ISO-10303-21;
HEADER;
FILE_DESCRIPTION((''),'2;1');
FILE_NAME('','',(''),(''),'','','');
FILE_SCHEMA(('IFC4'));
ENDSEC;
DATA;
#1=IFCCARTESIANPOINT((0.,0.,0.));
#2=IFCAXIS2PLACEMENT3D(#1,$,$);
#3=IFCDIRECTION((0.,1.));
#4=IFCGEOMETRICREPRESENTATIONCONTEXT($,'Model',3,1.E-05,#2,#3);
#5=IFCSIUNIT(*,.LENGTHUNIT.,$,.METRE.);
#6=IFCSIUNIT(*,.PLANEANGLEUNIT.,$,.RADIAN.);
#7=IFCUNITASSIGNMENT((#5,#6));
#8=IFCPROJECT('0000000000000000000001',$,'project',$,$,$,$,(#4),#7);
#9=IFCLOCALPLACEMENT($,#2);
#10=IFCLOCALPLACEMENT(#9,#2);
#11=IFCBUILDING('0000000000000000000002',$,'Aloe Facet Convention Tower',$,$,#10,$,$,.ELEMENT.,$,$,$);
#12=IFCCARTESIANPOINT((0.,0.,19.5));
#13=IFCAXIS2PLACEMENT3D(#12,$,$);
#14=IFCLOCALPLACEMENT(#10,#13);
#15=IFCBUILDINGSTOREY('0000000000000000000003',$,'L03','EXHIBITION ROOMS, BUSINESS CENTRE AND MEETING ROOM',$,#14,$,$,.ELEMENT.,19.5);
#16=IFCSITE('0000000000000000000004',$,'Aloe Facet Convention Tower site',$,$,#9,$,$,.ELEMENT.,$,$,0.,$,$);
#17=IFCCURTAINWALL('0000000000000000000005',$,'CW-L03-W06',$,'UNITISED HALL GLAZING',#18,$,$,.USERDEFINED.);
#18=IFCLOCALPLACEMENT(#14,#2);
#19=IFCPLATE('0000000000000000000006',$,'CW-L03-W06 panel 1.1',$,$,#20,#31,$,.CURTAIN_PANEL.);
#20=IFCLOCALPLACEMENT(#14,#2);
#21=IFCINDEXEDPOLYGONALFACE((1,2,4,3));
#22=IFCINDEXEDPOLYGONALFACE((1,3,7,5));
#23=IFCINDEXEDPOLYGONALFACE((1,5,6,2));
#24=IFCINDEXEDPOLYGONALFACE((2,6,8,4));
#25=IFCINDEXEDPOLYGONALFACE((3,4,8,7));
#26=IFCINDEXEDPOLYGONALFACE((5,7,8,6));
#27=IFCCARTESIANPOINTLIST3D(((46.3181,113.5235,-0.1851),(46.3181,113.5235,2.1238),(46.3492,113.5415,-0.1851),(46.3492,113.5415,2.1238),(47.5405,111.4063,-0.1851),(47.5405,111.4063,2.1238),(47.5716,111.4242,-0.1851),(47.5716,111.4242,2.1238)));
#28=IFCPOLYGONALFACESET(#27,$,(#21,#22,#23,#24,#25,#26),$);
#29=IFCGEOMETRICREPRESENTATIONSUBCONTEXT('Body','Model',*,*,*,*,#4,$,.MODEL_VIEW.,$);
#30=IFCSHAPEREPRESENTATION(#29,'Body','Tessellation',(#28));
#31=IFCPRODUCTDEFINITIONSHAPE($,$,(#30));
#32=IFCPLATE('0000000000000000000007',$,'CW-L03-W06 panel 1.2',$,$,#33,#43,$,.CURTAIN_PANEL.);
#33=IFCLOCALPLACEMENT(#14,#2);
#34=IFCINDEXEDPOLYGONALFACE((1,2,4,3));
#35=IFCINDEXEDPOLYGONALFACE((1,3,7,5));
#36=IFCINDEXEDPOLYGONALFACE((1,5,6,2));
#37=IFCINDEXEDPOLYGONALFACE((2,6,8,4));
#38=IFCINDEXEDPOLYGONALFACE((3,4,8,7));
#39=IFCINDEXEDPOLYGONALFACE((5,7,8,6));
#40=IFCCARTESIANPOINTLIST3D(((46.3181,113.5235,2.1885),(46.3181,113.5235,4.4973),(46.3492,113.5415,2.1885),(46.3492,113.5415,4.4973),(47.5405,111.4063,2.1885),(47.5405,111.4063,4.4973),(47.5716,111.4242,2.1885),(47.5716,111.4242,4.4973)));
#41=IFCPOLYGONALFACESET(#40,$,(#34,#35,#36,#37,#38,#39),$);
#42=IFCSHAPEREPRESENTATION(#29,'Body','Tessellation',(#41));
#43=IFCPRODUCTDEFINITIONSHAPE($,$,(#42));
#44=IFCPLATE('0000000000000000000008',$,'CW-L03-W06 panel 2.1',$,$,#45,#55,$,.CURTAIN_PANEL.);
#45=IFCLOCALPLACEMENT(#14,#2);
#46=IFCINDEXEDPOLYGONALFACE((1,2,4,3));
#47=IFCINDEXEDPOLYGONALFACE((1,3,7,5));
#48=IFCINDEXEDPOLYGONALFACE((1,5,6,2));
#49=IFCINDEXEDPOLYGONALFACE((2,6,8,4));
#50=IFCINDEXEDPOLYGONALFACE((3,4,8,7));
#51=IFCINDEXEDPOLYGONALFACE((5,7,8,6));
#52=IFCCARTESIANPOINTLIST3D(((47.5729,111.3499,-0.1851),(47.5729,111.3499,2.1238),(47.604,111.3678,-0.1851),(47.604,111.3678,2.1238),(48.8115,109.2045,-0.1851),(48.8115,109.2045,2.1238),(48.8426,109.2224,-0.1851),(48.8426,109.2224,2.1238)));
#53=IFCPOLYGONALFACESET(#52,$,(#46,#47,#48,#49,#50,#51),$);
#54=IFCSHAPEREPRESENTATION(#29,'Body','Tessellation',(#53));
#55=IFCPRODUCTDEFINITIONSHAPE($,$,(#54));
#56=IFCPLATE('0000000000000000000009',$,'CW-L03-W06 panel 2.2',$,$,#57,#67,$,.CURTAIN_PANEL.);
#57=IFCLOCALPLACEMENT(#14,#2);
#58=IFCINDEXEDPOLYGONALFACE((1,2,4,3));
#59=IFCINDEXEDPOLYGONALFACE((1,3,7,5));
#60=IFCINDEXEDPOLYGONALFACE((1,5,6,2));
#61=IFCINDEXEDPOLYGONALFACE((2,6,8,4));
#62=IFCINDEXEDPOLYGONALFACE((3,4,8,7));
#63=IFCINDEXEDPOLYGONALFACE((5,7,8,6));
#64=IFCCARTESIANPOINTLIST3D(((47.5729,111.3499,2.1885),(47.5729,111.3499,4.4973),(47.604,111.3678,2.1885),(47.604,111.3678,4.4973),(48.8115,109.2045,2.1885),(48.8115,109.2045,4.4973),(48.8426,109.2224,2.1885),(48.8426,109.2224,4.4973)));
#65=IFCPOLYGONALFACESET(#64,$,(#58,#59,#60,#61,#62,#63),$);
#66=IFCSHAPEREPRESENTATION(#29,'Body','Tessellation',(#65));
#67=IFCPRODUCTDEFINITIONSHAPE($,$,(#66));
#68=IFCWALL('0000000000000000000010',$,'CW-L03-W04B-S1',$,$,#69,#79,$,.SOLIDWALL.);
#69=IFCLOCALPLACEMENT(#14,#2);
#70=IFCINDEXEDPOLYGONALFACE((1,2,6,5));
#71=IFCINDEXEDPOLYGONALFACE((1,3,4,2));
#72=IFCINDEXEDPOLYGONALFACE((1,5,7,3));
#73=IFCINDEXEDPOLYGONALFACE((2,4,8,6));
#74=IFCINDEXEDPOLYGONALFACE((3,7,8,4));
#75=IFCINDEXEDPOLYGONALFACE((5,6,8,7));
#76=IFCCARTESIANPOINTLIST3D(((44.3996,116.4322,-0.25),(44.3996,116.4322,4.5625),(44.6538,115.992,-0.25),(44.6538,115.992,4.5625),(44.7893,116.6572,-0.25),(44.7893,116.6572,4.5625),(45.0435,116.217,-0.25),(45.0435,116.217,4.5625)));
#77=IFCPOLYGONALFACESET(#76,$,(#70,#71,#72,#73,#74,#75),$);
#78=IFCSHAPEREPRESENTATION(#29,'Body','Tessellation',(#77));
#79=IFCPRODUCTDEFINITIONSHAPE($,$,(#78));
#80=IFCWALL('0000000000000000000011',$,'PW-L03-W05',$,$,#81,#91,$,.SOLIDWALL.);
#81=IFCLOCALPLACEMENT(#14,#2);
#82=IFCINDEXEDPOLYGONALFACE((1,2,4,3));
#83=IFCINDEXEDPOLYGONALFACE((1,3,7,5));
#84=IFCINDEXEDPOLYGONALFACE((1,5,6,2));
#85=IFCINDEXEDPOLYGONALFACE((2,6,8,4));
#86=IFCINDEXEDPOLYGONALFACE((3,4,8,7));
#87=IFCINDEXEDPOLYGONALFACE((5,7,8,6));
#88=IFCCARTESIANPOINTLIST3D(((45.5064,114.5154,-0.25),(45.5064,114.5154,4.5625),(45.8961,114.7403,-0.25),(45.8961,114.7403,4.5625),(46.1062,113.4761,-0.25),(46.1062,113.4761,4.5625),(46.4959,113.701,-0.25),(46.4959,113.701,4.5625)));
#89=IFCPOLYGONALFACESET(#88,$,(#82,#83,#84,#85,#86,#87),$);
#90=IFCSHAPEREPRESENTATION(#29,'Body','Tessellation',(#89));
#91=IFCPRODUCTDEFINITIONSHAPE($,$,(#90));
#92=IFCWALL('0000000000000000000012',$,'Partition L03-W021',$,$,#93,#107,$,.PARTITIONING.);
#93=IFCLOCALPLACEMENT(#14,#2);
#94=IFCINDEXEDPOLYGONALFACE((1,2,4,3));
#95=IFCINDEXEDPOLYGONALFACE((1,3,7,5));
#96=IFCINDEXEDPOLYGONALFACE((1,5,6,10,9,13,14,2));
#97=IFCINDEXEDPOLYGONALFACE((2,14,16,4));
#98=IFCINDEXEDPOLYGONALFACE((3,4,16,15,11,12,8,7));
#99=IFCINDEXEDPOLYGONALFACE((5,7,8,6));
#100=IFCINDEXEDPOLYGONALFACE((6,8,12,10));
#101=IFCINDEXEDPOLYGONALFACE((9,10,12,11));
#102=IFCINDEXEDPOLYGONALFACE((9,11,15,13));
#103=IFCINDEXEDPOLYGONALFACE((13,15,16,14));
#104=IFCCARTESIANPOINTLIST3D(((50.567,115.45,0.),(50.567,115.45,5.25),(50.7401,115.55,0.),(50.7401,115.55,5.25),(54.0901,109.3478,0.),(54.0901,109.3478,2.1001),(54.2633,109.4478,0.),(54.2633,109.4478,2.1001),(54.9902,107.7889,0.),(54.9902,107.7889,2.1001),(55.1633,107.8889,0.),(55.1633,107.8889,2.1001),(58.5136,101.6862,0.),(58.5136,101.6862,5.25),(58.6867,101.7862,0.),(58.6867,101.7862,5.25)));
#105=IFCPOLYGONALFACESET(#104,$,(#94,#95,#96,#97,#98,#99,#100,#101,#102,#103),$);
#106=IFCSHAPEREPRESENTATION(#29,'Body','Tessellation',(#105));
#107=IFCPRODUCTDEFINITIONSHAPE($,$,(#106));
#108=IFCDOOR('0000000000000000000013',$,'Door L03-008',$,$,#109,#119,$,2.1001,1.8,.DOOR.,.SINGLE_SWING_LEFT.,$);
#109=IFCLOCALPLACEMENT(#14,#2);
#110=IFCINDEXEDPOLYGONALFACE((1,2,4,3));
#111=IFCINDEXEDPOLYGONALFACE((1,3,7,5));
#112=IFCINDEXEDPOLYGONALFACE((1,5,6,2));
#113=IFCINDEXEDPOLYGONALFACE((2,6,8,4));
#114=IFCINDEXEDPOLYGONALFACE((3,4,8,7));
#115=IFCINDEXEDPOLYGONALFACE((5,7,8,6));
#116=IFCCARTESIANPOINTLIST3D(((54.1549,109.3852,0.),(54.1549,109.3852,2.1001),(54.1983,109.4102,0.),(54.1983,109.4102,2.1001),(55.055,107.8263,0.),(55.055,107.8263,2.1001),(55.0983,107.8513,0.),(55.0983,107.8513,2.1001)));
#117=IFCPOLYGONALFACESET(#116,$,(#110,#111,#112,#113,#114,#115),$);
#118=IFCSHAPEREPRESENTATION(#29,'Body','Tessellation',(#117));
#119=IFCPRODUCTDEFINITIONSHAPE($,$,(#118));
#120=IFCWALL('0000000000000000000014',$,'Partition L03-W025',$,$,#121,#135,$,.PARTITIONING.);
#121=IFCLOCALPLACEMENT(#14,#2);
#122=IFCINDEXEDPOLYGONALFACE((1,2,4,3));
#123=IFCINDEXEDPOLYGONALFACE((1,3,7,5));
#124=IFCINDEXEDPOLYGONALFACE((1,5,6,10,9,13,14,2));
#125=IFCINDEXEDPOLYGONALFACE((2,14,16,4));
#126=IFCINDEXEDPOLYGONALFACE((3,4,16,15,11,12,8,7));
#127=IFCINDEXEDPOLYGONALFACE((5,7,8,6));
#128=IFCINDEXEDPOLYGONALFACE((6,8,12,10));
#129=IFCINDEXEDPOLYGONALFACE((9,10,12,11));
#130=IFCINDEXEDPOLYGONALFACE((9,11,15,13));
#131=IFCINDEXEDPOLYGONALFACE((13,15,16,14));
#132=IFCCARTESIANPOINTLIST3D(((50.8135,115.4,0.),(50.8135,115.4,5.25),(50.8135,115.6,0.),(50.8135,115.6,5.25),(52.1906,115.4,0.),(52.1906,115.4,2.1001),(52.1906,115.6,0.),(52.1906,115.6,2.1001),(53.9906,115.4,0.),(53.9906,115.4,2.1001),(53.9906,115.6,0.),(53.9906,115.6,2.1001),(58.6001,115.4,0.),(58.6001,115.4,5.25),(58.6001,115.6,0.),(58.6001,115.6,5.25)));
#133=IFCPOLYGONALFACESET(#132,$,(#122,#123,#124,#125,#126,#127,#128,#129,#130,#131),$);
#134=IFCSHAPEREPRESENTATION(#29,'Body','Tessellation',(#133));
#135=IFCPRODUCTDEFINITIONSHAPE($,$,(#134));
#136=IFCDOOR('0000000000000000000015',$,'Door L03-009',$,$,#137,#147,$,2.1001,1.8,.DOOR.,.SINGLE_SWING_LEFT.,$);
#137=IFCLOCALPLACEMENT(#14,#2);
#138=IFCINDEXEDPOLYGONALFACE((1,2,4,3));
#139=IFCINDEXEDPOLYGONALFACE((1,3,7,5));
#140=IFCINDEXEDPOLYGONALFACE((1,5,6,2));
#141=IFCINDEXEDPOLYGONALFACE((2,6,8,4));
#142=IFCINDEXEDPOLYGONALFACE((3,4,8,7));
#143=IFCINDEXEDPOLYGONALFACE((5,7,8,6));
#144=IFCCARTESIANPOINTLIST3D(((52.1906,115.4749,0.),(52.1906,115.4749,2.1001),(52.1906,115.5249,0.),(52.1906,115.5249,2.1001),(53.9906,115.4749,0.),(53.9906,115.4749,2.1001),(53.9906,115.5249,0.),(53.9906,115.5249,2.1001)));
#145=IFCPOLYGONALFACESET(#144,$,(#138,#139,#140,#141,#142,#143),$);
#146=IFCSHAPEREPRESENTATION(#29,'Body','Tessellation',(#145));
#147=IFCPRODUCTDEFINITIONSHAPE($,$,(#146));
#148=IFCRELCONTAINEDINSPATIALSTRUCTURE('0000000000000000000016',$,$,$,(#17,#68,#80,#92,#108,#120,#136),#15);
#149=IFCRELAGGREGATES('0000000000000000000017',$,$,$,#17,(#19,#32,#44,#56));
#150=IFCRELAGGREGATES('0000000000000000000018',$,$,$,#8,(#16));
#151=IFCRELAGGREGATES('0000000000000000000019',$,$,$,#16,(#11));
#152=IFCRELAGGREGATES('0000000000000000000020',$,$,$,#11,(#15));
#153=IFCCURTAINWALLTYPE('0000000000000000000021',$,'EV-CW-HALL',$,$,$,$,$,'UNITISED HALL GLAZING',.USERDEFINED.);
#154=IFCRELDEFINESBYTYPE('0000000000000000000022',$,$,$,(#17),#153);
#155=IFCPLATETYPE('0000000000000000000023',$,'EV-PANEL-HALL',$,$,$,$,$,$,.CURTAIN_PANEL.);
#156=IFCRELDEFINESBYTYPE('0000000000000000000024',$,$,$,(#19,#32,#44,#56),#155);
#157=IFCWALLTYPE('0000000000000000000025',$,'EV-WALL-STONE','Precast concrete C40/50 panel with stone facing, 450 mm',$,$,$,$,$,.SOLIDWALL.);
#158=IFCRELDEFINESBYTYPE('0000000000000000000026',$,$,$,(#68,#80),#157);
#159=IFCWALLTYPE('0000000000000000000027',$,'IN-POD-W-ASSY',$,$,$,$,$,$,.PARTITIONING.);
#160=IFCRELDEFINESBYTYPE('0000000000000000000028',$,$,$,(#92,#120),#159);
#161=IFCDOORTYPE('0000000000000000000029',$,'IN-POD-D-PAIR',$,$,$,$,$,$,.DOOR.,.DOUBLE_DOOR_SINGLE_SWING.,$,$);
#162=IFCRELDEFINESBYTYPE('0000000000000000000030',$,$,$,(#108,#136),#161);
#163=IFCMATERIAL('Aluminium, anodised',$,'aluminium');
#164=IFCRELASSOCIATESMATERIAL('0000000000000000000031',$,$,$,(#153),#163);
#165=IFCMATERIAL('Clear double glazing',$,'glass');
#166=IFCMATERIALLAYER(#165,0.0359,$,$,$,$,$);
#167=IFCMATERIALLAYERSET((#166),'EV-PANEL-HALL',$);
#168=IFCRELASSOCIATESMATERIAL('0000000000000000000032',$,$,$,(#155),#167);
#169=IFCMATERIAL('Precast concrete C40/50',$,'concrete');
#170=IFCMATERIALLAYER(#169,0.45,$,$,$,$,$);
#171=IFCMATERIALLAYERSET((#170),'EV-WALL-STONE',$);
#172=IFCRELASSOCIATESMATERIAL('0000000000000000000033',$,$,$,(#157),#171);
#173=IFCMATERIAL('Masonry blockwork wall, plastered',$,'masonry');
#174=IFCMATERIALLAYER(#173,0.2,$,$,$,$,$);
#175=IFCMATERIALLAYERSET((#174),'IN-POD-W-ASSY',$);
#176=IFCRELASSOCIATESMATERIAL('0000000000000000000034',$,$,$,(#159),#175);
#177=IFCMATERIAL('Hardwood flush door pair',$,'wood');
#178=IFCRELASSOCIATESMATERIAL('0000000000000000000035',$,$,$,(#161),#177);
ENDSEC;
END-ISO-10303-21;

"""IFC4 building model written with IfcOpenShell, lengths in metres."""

from ifc_helpers import new_model, si_unit, direction, frame, frame_2d, origin, origin_2d, place, context, subcontext, project, spatial, rectangle, extrude, material, layer, layer_set, type_object, element, fill, aggregate, save


model = new_model("IFC4")

# Units and contexts
model_context = context("Model", 3, precision=1e-05, world=origin(), true_north=direction((0.0, 1.0)))
body_context = subcontext(model_context, "Body", "Model", "MODEL_VIEW")
ifc_project = project(units=[si_unit("LENGTHUNIT", "METRE"), si_unit("PLANEANGLEUNIT", "RADIAN")], contexts=[model_context])

# Site, building, storey
site_placement = place(None, origin())
site = spatial("IfcSite", under=ifc_project, at=site_placement, Name="Aloe Facet Convention Tower site", CompositionType="ELEMENT", RefElevation=0.0)
building_placement = place(site_placement, origin())
building = spatial("IfcBuilding", under=site, at=building_placement, Name="Aloe Facet Convention Tower", CompositionType="ELEMENT")
storey_placement = place(building_placement, frame((0.0, 0.0, 19.5)))
storey = spatial("IfcBuildingStorey", under=building, at=storey_placement, Name="L03", Description="EXHIBITION ROOMS, BUSINESS CENTRE AND MEETING ROOM", CompositionType="ELEMENT", Elevation=19.5)

# Curtain wall
ifc_material_1 = material(Name="Aluminium, anodised", Category="aluminium")
curtain_wall_type = type_object("IfcCurtainWallType", Name="EV-CW-HALL", ElementType="UNITISED HALL GLAZING", PredefinedType="USERDEFINED", material=ifc_material_1)
curtain_wall_placement = place(storey_placement, origin())
curtain_wall = element("IfcCurtainWall", 1, at=curtain_wall_placement, inside=storey, type_object=curtain_wall_type, Name="CW-L03-W06", ObjectType="UNITISED HALL GLAZING", PredefinedType="USERDEFINED")

# Plates
ifc_material_2 = material(Name="Clear double glazing", Category="glass")
ifc_layer_1 = layer(ifc_material_2, 0.0359)
ifc_layer_set_1 = layer_set([ifc_layer_1], Name="EV-PANEL-HALL")
plate_type = type_object("IfcPlateType", Name="EV-PANEL-HALL", PredefinedType="CURTAIN_PANEL", material=ifc_layer_set_1)
plate_1_placement = place(storey_placement, frame((46.9448, 112.4739, -0.1851), z_axis=(0.0, 0.0, 1.0), x_axis=(0.5, -0.866025, 0.0)))
plate_1 = element("IfcPlate", 2, at=plate_1_placement, type_object=plate_type, Name="CW-L03-W06 panel 1.1", PredefinedType="CURTAIN_PANEL", context=body_context, shape_type="SweptSolid", body=[
    extrude(rectangle(XDim=2.4448, YDim=0.0359, at=origin_2d()), origin(), (0.0, 0.0, 1.0), 2.3088),
])
plate_2_placement = place(storey_placement, frame((46.9448, 112.4739, 2.1885), z_axis=(0.0, 0.0, 1.0), x_axis=(0.5, -0.866025, 0.0)))
plate_2 = element("IfcPlate", 3, at=plate_2_placement, type_object=plate_type, Name="CW-L03-W06 panel 1.2", PredefinedType="CURTAIN_PANEL", context=body_context, shape_type="SweptSolid", body=[
    extrude(rectangle(XDim=2.4448, YDim=0.0359, at=origin_2d()), origin(), (0.0, 0.0, 1.0), 2.3088),
])
plate_3_placement = place(storey_placement, frame((48.2078, 110.2861, -0.1851), z_axis=(0.0, 0.0, 1.0), x_axis=(0.5, -0.866025, 0.0)))
plate_3 = element("IfcPlate", 4, at=plate_3_placement, type_object=plate_type, Name="CW-L03-W06 panel 2.1", PredefinedType="CURTAIN_PANEL", context=body_context, shape_type="SweptSolid", body=[
    extrude(rectangle(XDim=2.4773, YDim=0.0359, at=origin_2d()), origin(), (0.0, 0.0, 1.0), 2.3088),
])
plate_4_placement = place(storey_placement, frame((48.2078, 110.2861, 2.1885), z_axis=(0.0, 0.0, 1.0), x_axis=(0.5, -0.866025, 0.0)))
plate_4 = element("IfcPlate", 5, at=plate_4_placement, type_object=plate_type, Name="CW-L03-W06 panel 2.2", PredefinedType="CURTAIN_PANEL", context=body_context, shape_type="SweptSolid", body=[
    extrude(rectangle(XDim=2.4773, YDim=0.0359, at=origin_2d()), origin(), (0.0, 0.0, 1.0), 2.3088),
])
aggregate(curtain_wall, [plate_1, plate_2, plate_3, plate_4])

# Walls
ifc_material_3 = material(Name="Precast concrete C40/50", Category="concrete")
ifc_layer_2 = layer(ifc_material_3, 0.45)
ifc_layer_set_2 = layer_set([ifc_layer_2], Name="EV-WALL-STONE")
wall_type_1 = type_object("IfcWallType", Name="EV-WALL-STONE", Description="Precast concrete C40/50 panel with stone facing, 450 mm", PredefinedType="SOLIDWALL", material=ifc_layer_set_2)
wall_1_placement = place(storey_placement, frame((44.5945, 116.5447, -0.25), z_axis=(0.0, 0.0, 1.0), x_axis=(0.500013, -0.866018, 0.0)))
element("IfcWall", 6, at=wall_1_placement, inside=storey, type_object=wall_type_1, Name="CW-L03-W04B-S1", PredefinedType="SOLIDWALL", context=body_context, shape_type="SweptSolid", body=[
    extrude(rectangle(XDim=0.5083, YDim=0.45, at=frame_2d((0.2542, 0.0))), origin(), (0.0, 0.0, 1.0), 4.8125),
])
wall_2_placement = place(storey_placement, frame((45.7012, 114.6279, -0.25), z_axis=(0.0, 0.0, 1.0), x_axis=(0.499881, -0.866094, 0.0)))
element("IfcWall", 7, at=wall_2_placement, inside=storey, type_object=wall_type_1, Name="PW-L03-W05", PredefinedType="SOLIDWALL", context=body_context, shape_type="SweptSolid", body=[
    extrude(rectangle(XDim=1.2, YDim=0.45, at=frame_2d((0.6001, 0.0))), origin(), (0.0, 0.0, 1.0), 4.8125),
])

# Walls, openings, doors
ifc_material_4 = material(Name="Masonry blockwork wall, plastered", Category="masonry")
ifc_layer_3 = layer(ifc_material_4, 0.2)
ifc_layer_set_3 = layer_set([ifc_layer_3], Name="IN-POD-W-ASSY")
wall_type_2 = type_object("IfcWallType", Name="IN-POD-W-ASSY", PredefinedType="PARTITIONING", material=ifc_layer_set_3)
wall_3_placement = place(storey_placement, frame((50.6536, 115.5, 0.0), z_axis=(0.0, 0.0, 1.0), x_axis=(0.500003, -0.866023, 0.0)))
wall_3 = element("IfcWall", 8, at=wall_3_placement, inside=storey, type_object=wall_type_2, Name="Partition L03-W021", PredefinedType="PARTITIONING", context=body_context, shape_type="SweptSolid", body=[
    extrude(rectangle(XDim=15.8931, YDim=0.2, at=frame_2d((7.9465, 0.0))), origin(), (0.0, 0.0, 1.0), 5.25),
])
opening_1_placement = place(wall_3_placement, frame((7.0464, 0.0, 0.0)))
opening_1 = element("IfcOpeningElement", 9, at=opening_1_placement, cuts=wall_3, PredefinedType="OPENING", context=body_context, shape_type="SweptSolid", body=[
    extrude(rectangle(XDim=1.8, YDim=2.1001, at=frame_2d((0.8999, 1.05))), frame((0.0, 0.1099, 0.0), z_axis=(0.0, -1.0, 0.0), x_axis=(1.0, 0.0, 0.0)), (0.0, 0.0, 1.0), 0.22),
])
ifc_material_5 = material(Name="Hardwood flush door pair", Category="wood")
door_type = type_object("IfcDoorType", Name="IN-POD-D-PAIR", OperationType="DOUBLE_DOOR_SINGLE_SWING", PredefinedType="DOOR", material=ifc_material_5)
door_1_placement = place(opening_1_placement, origin())
door_1 = element("IfcDoor", 10, at=door_1_placement, inside=storey, type_object=door_type, Name="Door L03-008", OperationType="SINGLE_SWING_LEFT", OverallHeight=2.1001, OverallWidth=1.8, PredefinedType="DOOR", context=body_context, shape_type="SweptSolid", body=[
    extrude(rectangle(XDim=1.8, YDim=2.1001, at=frame_2d((0.8999, 1.05))), frame((0.0, 0.0249, 0.0), z_axis=(0.0, -1.0, 0.0), x_axis=(1.0, 0.0, 0.0)), (0.0, 0.0, 1.0), 0.05),
])
fill(opening_1, door_1)
wall_4_placement = place(storey_placement, frame((50.8135, 115.5, 0.0), z_axis=(0.0, 0.0, 1.0), x_axis=(1.0, 0.0, 0.0)))
wall_4 = element("IfcWall", 11, at=wall_4_placement, inside=storey, type_object=wall_type_2, Name="Partition L03-W025", PredefinedType="PARTITIONING", context=body_context, shape_type="SweptSolid", body=[
    extrude(rectangle(XDim=7.7866, YDim=0.2, at=frame_2d((3.8933, 0.0))), origin(), (0.0, 0.0, 1.0), 5.25),
])
opening_2_placement = place(wall_4_placement, frame((1.3772, 0.0, 0.0)))
opening_2 = element("IfcOpeningElement", 12, at=opening_2_placement, cuts=wall_4, PredefinedType="OPENING", context=body_context, shape_type="SweptSolid", body=[
    extrude(rectangle(XDim=1.8, YDim=2.1001, at=frame_2d((0.8999, 1.05))), frame((0.0, 0.1099, 0.0), z_axis=(0.0, -1.0, 0.0), x_axis=(1.0, 0.0, 0.0)), (0.0, 0.0, 1.0), 0.22),
])
door_2_placement = place(opening_2_placement, origin())
door_2 = element("IfcDoor", 13, at=door_2_placement, inside=storey, type_object=door_type, Name="Door L03-009", OperationType="SINGLE_SWING_LEFT", OverallHeight=2.1001, OverallWidth=1.8, PredefinedType="DOOR", context=body_context, shape_type="SweptSolid", body=[
    extrude(rectangle(XDim=1.8, YDim=2.1001, at=frame_2d((0.8999, 1.05))), frame((0.0, 0.0249, 0.0), z_axis=(0.0, -1.0, 0.0), x_axis=(1.0, 0.0, 0.0)), (0.0, 0.0, 1.0), 0.05),
])
fill(opening_2, door_2)

save(model, "model.ifc")
